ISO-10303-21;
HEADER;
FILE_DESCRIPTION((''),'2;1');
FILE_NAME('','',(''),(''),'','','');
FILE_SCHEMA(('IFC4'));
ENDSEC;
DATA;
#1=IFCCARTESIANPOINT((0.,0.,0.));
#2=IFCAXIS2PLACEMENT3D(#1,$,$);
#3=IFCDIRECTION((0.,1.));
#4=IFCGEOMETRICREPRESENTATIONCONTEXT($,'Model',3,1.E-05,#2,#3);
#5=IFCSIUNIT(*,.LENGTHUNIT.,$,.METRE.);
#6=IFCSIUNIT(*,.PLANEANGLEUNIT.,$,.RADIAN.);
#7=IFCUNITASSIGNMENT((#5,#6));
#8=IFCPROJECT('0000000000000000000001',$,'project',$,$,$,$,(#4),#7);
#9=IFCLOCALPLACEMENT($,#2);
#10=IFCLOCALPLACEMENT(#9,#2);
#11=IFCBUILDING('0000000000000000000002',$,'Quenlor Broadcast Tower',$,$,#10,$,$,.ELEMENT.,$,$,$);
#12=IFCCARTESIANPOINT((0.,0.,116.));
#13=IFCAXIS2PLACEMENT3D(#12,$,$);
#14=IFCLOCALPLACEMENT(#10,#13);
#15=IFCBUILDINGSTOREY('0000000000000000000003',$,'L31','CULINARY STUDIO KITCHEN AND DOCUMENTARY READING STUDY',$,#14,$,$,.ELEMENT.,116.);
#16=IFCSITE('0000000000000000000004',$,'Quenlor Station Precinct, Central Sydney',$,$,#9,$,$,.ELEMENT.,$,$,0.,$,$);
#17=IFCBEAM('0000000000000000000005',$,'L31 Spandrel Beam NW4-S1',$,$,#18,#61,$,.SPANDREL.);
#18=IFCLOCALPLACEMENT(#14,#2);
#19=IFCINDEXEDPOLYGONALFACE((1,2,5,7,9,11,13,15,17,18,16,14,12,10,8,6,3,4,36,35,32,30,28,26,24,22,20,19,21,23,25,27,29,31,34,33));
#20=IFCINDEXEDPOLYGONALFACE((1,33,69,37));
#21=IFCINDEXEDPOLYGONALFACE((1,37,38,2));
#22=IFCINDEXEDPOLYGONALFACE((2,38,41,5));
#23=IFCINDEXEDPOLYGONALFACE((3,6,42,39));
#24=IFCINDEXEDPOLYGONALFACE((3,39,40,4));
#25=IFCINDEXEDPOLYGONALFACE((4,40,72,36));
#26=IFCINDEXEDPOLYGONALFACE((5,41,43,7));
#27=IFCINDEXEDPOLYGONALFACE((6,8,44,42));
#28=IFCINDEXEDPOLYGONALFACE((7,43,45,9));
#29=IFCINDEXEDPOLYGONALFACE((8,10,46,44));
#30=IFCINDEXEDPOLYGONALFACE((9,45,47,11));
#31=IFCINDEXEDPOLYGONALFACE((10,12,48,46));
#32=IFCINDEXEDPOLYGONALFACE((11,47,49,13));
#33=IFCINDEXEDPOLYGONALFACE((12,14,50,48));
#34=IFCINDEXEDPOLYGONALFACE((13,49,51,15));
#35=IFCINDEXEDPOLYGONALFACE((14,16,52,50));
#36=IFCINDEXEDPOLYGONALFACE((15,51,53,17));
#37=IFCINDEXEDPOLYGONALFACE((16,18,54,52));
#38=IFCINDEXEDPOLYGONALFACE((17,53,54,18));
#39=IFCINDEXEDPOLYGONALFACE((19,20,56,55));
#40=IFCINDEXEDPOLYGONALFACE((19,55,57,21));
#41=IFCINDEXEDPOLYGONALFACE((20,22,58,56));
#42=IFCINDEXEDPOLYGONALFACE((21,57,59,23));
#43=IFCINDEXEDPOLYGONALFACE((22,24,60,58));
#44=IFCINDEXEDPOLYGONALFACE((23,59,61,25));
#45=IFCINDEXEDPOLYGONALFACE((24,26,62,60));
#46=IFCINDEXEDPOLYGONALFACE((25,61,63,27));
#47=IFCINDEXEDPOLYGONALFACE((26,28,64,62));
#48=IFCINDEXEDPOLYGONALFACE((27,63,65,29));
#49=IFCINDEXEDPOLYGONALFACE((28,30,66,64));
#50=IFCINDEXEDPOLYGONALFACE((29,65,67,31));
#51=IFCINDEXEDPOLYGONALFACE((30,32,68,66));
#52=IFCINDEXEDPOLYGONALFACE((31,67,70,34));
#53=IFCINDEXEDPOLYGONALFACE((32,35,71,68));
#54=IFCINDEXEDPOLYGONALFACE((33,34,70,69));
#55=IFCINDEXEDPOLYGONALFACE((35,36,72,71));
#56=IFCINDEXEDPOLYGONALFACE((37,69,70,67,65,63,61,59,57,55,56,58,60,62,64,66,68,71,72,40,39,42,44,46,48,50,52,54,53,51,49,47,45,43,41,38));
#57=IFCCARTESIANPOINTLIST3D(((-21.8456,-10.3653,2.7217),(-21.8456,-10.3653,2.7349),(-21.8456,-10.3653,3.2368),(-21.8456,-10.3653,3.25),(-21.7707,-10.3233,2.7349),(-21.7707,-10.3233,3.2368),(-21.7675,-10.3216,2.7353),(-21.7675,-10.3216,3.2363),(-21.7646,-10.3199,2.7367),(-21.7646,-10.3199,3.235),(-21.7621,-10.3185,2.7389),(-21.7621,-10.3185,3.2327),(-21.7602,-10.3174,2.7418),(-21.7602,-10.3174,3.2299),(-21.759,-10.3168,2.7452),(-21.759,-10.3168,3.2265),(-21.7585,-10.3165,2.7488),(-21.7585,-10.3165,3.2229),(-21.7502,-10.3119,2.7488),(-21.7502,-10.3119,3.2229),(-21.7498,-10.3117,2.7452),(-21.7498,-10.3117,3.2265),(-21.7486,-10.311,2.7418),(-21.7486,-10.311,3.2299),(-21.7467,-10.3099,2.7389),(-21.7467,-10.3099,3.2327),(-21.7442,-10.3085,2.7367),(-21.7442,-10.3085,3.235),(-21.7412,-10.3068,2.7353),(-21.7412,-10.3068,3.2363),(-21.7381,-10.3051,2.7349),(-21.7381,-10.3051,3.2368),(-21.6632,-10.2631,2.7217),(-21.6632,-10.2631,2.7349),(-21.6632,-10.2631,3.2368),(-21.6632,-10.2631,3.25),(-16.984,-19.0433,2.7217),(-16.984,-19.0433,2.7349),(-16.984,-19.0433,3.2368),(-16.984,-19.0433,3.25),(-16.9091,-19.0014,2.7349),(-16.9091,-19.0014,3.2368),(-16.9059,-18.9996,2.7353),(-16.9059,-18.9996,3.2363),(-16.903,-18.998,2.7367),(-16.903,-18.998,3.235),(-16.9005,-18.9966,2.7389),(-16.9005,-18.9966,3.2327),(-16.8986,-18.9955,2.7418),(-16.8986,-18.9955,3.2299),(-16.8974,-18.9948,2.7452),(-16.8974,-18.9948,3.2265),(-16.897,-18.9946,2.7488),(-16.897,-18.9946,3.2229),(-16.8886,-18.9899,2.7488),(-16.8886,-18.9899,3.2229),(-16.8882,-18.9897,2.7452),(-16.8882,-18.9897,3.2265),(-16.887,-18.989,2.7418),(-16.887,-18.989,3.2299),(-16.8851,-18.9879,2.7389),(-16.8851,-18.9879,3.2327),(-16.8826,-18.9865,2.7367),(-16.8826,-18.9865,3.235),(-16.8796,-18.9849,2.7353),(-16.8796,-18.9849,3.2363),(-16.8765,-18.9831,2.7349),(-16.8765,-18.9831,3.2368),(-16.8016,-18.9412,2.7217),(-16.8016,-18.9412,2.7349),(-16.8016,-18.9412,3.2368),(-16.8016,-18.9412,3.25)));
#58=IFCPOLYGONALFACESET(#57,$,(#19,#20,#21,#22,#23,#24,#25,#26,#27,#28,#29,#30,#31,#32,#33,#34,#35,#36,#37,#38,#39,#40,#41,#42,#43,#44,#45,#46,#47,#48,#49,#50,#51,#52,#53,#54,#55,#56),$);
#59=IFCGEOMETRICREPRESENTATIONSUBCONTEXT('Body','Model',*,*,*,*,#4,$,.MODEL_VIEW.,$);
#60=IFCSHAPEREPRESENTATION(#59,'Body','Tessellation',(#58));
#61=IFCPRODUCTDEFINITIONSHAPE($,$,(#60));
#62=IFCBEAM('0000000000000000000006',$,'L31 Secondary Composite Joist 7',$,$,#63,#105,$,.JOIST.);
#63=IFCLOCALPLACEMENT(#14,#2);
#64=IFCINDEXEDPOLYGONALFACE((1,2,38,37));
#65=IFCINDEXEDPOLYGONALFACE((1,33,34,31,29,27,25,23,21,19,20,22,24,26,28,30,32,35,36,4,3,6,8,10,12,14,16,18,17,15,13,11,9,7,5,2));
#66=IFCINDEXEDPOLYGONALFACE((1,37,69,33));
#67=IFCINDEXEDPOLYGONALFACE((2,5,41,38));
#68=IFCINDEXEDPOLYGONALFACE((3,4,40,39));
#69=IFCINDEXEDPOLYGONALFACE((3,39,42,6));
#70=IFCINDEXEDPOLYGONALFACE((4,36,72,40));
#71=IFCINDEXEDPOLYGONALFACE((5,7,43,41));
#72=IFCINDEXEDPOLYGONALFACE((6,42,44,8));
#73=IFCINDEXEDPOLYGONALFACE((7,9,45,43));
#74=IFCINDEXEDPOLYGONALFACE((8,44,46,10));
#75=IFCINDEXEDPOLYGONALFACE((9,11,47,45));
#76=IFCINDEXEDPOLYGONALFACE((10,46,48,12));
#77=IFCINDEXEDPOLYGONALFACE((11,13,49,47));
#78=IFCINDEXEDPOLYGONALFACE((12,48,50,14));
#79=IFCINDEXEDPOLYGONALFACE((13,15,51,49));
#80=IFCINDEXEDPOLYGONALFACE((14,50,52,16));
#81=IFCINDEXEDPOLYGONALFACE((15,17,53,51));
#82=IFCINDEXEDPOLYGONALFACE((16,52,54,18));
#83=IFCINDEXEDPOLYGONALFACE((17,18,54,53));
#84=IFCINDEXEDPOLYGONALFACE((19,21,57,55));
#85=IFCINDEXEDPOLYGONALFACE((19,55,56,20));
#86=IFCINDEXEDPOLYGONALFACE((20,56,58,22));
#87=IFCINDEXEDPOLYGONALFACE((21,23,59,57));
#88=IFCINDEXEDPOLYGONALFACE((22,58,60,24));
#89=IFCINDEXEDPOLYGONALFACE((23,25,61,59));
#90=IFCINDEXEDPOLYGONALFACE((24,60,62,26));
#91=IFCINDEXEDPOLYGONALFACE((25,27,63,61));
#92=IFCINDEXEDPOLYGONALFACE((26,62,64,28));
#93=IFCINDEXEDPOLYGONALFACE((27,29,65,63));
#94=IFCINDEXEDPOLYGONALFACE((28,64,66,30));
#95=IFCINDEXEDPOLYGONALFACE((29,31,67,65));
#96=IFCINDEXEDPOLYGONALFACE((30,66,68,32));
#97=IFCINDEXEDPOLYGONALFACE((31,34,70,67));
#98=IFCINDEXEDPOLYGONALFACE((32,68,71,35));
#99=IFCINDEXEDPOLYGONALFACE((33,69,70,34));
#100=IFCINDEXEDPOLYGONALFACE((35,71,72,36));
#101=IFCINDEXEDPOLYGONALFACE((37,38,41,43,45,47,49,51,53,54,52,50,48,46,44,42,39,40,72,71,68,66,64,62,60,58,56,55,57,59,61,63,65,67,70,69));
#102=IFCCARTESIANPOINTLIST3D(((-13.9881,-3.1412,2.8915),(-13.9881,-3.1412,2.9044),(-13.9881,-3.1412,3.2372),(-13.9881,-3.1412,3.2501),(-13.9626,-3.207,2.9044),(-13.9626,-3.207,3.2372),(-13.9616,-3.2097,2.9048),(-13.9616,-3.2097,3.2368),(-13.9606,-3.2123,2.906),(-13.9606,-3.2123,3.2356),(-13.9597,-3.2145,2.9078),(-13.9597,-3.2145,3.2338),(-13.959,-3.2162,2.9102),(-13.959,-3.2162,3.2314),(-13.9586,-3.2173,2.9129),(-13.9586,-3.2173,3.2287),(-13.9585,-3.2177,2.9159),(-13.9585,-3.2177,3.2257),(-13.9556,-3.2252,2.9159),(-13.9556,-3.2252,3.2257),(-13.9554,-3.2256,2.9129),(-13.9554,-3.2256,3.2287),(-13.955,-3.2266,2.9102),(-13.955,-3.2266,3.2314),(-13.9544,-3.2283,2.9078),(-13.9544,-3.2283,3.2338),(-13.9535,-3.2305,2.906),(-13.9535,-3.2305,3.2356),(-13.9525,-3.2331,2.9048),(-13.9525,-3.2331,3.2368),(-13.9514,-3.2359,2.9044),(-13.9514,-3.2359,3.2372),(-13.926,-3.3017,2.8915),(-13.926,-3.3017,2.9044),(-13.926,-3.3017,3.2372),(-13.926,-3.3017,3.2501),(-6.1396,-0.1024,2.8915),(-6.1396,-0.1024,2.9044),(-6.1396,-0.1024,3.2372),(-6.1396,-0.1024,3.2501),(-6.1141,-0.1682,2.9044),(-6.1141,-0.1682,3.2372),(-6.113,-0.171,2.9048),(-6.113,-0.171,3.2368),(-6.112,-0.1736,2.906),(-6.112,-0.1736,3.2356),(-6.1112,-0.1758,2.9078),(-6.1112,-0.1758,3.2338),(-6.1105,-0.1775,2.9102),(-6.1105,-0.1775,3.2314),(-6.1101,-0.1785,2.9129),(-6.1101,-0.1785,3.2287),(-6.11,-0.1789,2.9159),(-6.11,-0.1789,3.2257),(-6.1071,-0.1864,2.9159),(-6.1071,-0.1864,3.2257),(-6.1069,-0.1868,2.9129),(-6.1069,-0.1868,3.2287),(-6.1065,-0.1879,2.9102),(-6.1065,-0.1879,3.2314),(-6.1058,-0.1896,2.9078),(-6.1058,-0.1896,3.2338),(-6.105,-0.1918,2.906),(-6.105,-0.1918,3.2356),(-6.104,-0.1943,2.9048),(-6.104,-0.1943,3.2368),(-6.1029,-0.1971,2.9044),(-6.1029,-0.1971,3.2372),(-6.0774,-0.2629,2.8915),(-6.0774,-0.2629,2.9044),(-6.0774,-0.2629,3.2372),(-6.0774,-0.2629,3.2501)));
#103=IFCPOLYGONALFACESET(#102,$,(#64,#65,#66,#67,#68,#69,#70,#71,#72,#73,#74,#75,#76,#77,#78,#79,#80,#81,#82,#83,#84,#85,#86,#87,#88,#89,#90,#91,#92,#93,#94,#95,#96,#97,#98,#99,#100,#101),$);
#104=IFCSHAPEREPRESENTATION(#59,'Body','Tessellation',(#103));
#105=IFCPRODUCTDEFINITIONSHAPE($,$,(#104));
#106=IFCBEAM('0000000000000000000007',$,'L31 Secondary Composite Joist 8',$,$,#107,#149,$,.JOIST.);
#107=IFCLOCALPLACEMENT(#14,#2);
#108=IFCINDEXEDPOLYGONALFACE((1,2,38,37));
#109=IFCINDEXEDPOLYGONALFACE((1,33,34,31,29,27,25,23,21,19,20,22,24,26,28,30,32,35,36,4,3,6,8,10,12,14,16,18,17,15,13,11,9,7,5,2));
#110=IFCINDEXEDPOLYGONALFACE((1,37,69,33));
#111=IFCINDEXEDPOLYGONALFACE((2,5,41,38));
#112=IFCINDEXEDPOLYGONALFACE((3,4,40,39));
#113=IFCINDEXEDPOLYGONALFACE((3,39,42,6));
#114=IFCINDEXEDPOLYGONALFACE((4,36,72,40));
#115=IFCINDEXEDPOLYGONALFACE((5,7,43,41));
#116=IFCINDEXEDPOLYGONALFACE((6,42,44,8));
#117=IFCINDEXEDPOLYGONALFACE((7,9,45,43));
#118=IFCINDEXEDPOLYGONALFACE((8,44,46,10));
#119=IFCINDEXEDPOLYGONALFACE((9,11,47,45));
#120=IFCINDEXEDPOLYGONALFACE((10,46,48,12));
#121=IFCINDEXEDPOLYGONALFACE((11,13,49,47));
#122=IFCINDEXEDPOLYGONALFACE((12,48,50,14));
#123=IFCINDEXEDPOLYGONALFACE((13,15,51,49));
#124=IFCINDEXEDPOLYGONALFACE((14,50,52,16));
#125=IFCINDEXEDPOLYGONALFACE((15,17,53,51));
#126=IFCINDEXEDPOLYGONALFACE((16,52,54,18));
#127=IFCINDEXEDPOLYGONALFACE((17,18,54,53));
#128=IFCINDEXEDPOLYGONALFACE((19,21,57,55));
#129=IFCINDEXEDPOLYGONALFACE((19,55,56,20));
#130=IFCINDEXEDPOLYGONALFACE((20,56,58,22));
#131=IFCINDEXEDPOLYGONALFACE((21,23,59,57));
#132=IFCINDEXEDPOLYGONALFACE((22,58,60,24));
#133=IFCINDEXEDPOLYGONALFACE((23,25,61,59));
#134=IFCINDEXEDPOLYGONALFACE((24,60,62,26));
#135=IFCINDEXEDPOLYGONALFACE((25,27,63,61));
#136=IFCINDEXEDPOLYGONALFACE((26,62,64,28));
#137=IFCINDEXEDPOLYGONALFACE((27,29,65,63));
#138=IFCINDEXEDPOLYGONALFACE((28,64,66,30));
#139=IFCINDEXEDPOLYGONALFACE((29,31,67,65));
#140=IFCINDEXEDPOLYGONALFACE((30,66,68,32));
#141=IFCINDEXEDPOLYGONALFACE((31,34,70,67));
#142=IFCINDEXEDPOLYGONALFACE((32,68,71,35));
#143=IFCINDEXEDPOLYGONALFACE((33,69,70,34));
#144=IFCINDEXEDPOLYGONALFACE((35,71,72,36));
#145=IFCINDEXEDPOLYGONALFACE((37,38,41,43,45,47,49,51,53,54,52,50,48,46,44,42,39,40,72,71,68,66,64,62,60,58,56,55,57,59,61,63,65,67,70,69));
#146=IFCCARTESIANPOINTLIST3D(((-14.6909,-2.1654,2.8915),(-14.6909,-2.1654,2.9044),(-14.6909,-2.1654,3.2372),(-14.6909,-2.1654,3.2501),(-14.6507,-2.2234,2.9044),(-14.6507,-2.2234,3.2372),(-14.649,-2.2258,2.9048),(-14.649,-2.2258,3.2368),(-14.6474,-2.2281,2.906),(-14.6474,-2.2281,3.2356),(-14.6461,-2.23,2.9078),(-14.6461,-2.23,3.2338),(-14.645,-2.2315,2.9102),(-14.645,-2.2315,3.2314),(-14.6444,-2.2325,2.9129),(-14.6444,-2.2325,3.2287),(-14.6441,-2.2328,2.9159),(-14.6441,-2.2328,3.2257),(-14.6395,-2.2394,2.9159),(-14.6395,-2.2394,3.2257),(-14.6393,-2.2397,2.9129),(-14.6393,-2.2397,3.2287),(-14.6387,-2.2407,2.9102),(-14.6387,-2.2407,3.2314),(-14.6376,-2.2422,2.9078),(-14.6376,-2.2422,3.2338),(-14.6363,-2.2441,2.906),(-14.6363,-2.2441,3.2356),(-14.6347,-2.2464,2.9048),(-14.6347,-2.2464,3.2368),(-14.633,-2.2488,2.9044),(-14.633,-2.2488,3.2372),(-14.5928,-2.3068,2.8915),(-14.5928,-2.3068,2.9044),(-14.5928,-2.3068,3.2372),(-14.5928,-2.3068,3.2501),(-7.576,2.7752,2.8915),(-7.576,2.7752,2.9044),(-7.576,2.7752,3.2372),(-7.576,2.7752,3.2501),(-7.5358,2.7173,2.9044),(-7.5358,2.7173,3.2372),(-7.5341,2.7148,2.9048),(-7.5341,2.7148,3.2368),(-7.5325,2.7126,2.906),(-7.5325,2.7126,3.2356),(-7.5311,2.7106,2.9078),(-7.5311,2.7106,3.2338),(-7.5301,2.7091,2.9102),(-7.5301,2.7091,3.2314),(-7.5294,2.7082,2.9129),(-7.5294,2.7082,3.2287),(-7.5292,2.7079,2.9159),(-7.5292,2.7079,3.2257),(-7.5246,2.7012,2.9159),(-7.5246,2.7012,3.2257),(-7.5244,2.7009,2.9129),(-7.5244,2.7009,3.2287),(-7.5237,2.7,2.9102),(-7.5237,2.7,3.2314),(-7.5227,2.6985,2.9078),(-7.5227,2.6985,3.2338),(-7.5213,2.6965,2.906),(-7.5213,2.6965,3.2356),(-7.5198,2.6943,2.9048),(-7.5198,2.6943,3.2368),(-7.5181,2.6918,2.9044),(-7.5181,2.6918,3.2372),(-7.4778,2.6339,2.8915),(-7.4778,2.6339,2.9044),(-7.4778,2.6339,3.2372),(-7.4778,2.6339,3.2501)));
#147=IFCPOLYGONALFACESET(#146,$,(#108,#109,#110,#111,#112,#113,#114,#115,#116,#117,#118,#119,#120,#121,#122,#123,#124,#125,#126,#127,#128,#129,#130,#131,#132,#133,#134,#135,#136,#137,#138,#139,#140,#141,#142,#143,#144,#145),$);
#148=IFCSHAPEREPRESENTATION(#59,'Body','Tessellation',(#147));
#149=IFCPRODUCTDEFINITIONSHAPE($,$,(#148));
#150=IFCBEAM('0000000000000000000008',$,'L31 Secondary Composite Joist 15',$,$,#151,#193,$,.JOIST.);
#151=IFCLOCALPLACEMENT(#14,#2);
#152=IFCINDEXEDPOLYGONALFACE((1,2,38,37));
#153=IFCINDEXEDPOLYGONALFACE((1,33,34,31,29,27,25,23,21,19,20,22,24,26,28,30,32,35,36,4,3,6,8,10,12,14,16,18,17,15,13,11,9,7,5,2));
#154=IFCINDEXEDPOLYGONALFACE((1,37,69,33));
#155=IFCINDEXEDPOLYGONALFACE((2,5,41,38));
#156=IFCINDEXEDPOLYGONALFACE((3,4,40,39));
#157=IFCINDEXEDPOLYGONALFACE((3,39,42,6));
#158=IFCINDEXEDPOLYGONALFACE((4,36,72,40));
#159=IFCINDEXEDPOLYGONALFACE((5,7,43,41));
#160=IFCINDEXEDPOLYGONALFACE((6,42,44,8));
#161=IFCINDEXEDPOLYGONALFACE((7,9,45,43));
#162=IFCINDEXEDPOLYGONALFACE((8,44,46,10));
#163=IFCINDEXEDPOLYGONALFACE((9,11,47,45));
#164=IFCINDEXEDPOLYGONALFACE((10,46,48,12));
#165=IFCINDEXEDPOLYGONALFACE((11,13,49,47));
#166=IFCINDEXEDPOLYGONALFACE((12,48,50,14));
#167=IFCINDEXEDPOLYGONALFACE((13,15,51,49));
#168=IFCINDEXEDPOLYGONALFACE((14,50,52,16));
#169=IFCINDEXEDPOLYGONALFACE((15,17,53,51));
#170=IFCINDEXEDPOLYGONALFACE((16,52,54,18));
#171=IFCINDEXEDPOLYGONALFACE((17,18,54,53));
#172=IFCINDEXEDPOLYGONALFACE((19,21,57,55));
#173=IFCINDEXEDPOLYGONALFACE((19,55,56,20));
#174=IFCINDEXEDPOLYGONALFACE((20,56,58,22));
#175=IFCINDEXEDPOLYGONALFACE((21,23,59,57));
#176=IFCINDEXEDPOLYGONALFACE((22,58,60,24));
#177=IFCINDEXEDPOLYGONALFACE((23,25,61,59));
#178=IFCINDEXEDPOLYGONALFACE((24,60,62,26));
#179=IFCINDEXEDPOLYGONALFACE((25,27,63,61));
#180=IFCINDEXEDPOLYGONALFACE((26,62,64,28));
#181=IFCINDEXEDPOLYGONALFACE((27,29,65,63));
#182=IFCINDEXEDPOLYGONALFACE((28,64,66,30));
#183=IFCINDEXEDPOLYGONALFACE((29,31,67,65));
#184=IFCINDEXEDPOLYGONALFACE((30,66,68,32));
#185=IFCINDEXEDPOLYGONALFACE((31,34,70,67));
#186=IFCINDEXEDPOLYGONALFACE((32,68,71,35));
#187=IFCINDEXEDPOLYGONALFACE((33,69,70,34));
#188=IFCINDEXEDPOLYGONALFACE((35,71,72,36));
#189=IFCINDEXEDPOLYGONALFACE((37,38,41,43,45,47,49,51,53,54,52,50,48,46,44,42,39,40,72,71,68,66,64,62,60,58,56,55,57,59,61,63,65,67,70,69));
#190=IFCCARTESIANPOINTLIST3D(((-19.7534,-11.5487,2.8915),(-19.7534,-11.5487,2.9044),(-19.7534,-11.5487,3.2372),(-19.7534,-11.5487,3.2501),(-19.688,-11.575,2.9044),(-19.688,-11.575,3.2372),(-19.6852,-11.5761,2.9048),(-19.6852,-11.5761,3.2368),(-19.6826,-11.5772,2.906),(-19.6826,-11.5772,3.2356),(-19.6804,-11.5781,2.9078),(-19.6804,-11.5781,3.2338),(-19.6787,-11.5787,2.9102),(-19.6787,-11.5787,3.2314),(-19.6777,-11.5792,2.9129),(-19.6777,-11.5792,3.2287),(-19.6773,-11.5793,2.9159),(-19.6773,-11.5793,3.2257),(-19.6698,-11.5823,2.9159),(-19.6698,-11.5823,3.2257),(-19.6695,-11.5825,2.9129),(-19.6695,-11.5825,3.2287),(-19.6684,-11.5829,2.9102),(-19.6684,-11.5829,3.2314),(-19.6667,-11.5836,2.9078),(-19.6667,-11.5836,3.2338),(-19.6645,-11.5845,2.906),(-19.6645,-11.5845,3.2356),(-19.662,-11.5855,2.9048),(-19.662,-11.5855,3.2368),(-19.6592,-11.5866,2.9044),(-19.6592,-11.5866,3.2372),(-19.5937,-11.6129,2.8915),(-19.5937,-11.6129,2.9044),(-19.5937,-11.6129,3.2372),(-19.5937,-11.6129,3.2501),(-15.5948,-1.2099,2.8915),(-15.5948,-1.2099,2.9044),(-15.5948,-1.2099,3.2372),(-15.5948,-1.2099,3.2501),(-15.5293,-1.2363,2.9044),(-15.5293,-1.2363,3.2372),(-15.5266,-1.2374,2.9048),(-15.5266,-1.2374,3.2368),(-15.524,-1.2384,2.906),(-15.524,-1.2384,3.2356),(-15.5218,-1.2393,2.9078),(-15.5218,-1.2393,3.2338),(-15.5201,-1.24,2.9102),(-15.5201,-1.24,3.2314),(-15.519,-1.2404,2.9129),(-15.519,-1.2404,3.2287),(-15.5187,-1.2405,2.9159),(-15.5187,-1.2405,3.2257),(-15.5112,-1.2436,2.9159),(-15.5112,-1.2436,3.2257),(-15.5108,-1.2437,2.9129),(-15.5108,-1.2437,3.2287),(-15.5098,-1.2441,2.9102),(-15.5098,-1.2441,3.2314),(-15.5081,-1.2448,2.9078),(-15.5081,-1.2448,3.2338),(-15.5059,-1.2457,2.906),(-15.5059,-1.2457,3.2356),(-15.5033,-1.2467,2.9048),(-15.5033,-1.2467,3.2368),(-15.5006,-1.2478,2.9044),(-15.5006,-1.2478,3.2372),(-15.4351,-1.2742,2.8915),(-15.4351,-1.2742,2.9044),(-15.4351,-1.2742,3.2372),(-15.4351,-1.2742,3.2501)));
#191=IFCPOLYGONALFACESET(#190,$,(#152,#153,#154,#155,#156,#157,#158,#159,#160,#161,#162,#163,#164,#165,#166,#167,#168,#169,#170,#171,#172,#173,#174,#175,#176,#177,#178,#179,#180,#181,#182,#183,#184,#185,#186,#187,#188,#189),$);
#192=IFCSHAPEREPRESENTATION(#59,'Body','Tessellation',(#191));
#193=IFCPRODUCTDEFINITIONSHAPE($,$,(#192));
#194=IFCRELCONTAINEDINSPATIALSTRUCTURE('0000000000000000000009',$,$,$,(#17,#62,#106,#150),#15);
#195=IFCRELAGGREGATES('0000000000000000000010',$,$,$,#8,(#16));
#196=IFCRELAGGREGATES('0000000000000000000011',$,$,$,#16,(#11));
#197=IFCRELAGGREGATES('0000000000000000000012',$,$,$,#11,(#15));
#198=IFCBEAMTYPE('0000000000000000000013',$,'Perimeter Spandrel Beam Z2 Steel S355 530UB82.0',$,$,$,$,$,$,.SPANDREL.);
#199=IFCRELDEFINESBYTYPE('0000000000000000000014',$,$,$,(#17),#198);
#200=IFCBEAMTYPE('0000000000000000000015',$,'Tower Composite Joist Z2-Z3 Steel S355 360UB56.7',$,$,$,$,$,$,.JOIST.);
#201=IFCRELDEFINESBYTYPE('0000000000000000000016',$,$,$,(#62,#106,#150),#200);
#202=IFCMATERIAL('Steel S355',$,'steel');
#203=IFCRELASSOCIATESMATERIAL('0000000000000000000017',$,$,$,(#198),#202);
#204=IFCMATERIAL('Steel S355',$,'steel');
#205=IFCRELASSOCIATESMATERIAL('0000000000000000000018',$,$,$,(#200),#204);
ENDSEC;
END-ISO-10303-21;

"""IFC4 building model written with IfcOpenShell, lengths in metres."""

from ifc_helpers import new_model, si_unit, direction, frame, origin, origin_2d, place, context, subcontext, project, spatial, i_section, extrude, material, material_profile, profile_set, type_object, element, save


model = new_model("IFC4")

# Units and contexts
model_context = context("Model", 3, precision=1e-05, world=origin(), true_north=direction((0.0, 1.0)))
body_context = subcontext(model_context, "Body", "Model", "MODEL_VIEW")
ifc_project = project(units=[si_unit("LENGTHUNIT", "METRE"), si_unit("PLANEANGLEUNIT", "RADIAN")], contexts=[model_context])

# Site, building, storey
site_placement = place(None, origin())
site = spatial("IfcSite", under=ifc_project, at=site_placement, Name="Quenlor Station Precinct, Central Sydney", CompositionType="ELEMENT", RefElevation=0.0)
building_placement = place(site_placement, origin())
building = spatial("IfcBuilding", under=site, at=building_placement, Name="Quenlor Broadcast Tower", CompositionType="ELEMENT")
storey_placement = place(building_placement, frame((0.0, 0.0, 116.0)))
storey = spatial("IfcBuildingStorey", under=building, at=storey_placement, Name="L31", Description="CULINARY STUDIO KITCHEN AND DOCUMENTARY READING STUDY", CompositionType="ELEMENT", Elevation=116.0)

# Beams
ifc_material_1 = material(Name="Steel S355", Category="steel")
ifc_material_profile_1 = material_profile(ifc_material_1, i_section(OverallWidth=0.209, OverallDepth=0.5283, WebThickness=0.0095, FlangeThickness=0.0132, FilletRadius=0.0139, at=origin_2d()))
ifc_profile_set_1 = profile_set([ifc_material_profile_1], Name="Steel S355 530UB82.0")
beam_type_1 = type_object("IfcBeamType", Name="Perimeter Spandrel Beam Z2 Steel S355 530UB82.0", PredefinedType="SPANDREL", material=ifc_profile_set_1)
beam_1_placement = place(storey_placement, frame((-21.7544, -10.3142, 2.9858), z_axis=(0.488749, -0.872424, 0.0), x_axis=(0.872424, 0.488749, 0.0)))
element("IfcBeam", 1, at=beam_1_placement, inside=storey, type_object=beam_type_1, Name="L31 Spandrel Beam NW4-S1", PredefinedType="SPANDREL", context=body_context, shape_type="SweptSolid", body=[
    extrude(i_section(OverallWidth=0.209, OverallDepth=0.5283, WebThickness=0.0095, FlangeThickness=0.0132, FilletRadius=0.0139, at=origin_2d()), origin(), (0.0, 0.0, 1.0), 9.947),
])
ifc_material_2 = material(Name="Steel S355", Category="steel")
ifc_material_profile_2 = material_profile(ifc_material_2, i_section(OverallWidth=0.1721, OverallDepth=0.3586, WebThickness=0.0081, FlangeThickness=0.0129, FilletRadius=0.0115, at=origin_2d()))
ifc_profile_set_2 = profile_set([ifc_material_profile_2], Name="Steel S355 360UB56.7")
beam_type_2 = type_object("IfcBeamType", Name="Tower Composite Joist Z2-Z3 Steel S355 360UB56.7", PredefinedType="JOIST", material=ifc_profile_set_2)
beam_2_placement = place(storey_placement, frame((-13.957, -3.2214, 3.0708), z_axis=(0.932543, 0.36106, 0.0), x_axis=(-0.36106, 0.932543, 0.0)))
element("IfcBeam", 2, at=beam_2_placement, inside=storey, type_object=beam_type_2, Name="L31 Secondary Composite Joist 7", PredefinedType="JOIST", context=body_context, shape_type="SweptSolid", body=[
    extrude(i_section(OverallWidth=0.1721, OverallDepth=0.3586, WebThickness=0.0081, FlangeThickness=0.0129, FilletRadius=0.0115, at=origin_2d()), origin(), (0.0, 0.0, 1.0), 8.4163),
])
beam_3_placement = place(storey_placement, frame((-14.6418, -2.2361, 3.0708), z_axis=(0.821386, 0.570373, 0.0), x_axis=(-0.570373, 0.821386, 0.0)))
element("IfcBeam", 3, at=beam_3_placement, inside=storey, type_object=beam_type_2, Name="L31 Secondary Composite Joist 8", PredefinedType="JOIST", context=body_context, shape_type="SweptSolid", body=[
    extrude(i_section(OverallWidth=0.1721, OverallDepth=0.3586, WebThickness=0.0081, FlangeThickness=0.0129, FilletRadius=0.0115, at=origin_2d()), origin(), (0.0, 0.0, 1.0), 8.6621),
])
beam_4_placement = place(storey_placement, frame((-19.6736, -11.5808, 3.0708), z_axis=(0.37318, 0.927759, 0.0), x_axis=(-0.927759, 0.37318, 0.0)))
element("IfcBeam", 4, at=beam_4_placement, inside=storey, type_object=beam_type_2, Name="L31 Secondary Composite Joist 15", PredefinedType="JOIST", context=body_context, shape_type="SweptSolid", body=[
    extrude(i_section(OverallWidth=0.1721, OverallDepth=0.3586, WebThickness=0.0081, FlangeThickness=0.0129, FilletRadius=0.0115, at=origin_2d()), origin(), (0.0, 0.0, 1.0), 11.1438),
])

save(model, "model.ifc")
